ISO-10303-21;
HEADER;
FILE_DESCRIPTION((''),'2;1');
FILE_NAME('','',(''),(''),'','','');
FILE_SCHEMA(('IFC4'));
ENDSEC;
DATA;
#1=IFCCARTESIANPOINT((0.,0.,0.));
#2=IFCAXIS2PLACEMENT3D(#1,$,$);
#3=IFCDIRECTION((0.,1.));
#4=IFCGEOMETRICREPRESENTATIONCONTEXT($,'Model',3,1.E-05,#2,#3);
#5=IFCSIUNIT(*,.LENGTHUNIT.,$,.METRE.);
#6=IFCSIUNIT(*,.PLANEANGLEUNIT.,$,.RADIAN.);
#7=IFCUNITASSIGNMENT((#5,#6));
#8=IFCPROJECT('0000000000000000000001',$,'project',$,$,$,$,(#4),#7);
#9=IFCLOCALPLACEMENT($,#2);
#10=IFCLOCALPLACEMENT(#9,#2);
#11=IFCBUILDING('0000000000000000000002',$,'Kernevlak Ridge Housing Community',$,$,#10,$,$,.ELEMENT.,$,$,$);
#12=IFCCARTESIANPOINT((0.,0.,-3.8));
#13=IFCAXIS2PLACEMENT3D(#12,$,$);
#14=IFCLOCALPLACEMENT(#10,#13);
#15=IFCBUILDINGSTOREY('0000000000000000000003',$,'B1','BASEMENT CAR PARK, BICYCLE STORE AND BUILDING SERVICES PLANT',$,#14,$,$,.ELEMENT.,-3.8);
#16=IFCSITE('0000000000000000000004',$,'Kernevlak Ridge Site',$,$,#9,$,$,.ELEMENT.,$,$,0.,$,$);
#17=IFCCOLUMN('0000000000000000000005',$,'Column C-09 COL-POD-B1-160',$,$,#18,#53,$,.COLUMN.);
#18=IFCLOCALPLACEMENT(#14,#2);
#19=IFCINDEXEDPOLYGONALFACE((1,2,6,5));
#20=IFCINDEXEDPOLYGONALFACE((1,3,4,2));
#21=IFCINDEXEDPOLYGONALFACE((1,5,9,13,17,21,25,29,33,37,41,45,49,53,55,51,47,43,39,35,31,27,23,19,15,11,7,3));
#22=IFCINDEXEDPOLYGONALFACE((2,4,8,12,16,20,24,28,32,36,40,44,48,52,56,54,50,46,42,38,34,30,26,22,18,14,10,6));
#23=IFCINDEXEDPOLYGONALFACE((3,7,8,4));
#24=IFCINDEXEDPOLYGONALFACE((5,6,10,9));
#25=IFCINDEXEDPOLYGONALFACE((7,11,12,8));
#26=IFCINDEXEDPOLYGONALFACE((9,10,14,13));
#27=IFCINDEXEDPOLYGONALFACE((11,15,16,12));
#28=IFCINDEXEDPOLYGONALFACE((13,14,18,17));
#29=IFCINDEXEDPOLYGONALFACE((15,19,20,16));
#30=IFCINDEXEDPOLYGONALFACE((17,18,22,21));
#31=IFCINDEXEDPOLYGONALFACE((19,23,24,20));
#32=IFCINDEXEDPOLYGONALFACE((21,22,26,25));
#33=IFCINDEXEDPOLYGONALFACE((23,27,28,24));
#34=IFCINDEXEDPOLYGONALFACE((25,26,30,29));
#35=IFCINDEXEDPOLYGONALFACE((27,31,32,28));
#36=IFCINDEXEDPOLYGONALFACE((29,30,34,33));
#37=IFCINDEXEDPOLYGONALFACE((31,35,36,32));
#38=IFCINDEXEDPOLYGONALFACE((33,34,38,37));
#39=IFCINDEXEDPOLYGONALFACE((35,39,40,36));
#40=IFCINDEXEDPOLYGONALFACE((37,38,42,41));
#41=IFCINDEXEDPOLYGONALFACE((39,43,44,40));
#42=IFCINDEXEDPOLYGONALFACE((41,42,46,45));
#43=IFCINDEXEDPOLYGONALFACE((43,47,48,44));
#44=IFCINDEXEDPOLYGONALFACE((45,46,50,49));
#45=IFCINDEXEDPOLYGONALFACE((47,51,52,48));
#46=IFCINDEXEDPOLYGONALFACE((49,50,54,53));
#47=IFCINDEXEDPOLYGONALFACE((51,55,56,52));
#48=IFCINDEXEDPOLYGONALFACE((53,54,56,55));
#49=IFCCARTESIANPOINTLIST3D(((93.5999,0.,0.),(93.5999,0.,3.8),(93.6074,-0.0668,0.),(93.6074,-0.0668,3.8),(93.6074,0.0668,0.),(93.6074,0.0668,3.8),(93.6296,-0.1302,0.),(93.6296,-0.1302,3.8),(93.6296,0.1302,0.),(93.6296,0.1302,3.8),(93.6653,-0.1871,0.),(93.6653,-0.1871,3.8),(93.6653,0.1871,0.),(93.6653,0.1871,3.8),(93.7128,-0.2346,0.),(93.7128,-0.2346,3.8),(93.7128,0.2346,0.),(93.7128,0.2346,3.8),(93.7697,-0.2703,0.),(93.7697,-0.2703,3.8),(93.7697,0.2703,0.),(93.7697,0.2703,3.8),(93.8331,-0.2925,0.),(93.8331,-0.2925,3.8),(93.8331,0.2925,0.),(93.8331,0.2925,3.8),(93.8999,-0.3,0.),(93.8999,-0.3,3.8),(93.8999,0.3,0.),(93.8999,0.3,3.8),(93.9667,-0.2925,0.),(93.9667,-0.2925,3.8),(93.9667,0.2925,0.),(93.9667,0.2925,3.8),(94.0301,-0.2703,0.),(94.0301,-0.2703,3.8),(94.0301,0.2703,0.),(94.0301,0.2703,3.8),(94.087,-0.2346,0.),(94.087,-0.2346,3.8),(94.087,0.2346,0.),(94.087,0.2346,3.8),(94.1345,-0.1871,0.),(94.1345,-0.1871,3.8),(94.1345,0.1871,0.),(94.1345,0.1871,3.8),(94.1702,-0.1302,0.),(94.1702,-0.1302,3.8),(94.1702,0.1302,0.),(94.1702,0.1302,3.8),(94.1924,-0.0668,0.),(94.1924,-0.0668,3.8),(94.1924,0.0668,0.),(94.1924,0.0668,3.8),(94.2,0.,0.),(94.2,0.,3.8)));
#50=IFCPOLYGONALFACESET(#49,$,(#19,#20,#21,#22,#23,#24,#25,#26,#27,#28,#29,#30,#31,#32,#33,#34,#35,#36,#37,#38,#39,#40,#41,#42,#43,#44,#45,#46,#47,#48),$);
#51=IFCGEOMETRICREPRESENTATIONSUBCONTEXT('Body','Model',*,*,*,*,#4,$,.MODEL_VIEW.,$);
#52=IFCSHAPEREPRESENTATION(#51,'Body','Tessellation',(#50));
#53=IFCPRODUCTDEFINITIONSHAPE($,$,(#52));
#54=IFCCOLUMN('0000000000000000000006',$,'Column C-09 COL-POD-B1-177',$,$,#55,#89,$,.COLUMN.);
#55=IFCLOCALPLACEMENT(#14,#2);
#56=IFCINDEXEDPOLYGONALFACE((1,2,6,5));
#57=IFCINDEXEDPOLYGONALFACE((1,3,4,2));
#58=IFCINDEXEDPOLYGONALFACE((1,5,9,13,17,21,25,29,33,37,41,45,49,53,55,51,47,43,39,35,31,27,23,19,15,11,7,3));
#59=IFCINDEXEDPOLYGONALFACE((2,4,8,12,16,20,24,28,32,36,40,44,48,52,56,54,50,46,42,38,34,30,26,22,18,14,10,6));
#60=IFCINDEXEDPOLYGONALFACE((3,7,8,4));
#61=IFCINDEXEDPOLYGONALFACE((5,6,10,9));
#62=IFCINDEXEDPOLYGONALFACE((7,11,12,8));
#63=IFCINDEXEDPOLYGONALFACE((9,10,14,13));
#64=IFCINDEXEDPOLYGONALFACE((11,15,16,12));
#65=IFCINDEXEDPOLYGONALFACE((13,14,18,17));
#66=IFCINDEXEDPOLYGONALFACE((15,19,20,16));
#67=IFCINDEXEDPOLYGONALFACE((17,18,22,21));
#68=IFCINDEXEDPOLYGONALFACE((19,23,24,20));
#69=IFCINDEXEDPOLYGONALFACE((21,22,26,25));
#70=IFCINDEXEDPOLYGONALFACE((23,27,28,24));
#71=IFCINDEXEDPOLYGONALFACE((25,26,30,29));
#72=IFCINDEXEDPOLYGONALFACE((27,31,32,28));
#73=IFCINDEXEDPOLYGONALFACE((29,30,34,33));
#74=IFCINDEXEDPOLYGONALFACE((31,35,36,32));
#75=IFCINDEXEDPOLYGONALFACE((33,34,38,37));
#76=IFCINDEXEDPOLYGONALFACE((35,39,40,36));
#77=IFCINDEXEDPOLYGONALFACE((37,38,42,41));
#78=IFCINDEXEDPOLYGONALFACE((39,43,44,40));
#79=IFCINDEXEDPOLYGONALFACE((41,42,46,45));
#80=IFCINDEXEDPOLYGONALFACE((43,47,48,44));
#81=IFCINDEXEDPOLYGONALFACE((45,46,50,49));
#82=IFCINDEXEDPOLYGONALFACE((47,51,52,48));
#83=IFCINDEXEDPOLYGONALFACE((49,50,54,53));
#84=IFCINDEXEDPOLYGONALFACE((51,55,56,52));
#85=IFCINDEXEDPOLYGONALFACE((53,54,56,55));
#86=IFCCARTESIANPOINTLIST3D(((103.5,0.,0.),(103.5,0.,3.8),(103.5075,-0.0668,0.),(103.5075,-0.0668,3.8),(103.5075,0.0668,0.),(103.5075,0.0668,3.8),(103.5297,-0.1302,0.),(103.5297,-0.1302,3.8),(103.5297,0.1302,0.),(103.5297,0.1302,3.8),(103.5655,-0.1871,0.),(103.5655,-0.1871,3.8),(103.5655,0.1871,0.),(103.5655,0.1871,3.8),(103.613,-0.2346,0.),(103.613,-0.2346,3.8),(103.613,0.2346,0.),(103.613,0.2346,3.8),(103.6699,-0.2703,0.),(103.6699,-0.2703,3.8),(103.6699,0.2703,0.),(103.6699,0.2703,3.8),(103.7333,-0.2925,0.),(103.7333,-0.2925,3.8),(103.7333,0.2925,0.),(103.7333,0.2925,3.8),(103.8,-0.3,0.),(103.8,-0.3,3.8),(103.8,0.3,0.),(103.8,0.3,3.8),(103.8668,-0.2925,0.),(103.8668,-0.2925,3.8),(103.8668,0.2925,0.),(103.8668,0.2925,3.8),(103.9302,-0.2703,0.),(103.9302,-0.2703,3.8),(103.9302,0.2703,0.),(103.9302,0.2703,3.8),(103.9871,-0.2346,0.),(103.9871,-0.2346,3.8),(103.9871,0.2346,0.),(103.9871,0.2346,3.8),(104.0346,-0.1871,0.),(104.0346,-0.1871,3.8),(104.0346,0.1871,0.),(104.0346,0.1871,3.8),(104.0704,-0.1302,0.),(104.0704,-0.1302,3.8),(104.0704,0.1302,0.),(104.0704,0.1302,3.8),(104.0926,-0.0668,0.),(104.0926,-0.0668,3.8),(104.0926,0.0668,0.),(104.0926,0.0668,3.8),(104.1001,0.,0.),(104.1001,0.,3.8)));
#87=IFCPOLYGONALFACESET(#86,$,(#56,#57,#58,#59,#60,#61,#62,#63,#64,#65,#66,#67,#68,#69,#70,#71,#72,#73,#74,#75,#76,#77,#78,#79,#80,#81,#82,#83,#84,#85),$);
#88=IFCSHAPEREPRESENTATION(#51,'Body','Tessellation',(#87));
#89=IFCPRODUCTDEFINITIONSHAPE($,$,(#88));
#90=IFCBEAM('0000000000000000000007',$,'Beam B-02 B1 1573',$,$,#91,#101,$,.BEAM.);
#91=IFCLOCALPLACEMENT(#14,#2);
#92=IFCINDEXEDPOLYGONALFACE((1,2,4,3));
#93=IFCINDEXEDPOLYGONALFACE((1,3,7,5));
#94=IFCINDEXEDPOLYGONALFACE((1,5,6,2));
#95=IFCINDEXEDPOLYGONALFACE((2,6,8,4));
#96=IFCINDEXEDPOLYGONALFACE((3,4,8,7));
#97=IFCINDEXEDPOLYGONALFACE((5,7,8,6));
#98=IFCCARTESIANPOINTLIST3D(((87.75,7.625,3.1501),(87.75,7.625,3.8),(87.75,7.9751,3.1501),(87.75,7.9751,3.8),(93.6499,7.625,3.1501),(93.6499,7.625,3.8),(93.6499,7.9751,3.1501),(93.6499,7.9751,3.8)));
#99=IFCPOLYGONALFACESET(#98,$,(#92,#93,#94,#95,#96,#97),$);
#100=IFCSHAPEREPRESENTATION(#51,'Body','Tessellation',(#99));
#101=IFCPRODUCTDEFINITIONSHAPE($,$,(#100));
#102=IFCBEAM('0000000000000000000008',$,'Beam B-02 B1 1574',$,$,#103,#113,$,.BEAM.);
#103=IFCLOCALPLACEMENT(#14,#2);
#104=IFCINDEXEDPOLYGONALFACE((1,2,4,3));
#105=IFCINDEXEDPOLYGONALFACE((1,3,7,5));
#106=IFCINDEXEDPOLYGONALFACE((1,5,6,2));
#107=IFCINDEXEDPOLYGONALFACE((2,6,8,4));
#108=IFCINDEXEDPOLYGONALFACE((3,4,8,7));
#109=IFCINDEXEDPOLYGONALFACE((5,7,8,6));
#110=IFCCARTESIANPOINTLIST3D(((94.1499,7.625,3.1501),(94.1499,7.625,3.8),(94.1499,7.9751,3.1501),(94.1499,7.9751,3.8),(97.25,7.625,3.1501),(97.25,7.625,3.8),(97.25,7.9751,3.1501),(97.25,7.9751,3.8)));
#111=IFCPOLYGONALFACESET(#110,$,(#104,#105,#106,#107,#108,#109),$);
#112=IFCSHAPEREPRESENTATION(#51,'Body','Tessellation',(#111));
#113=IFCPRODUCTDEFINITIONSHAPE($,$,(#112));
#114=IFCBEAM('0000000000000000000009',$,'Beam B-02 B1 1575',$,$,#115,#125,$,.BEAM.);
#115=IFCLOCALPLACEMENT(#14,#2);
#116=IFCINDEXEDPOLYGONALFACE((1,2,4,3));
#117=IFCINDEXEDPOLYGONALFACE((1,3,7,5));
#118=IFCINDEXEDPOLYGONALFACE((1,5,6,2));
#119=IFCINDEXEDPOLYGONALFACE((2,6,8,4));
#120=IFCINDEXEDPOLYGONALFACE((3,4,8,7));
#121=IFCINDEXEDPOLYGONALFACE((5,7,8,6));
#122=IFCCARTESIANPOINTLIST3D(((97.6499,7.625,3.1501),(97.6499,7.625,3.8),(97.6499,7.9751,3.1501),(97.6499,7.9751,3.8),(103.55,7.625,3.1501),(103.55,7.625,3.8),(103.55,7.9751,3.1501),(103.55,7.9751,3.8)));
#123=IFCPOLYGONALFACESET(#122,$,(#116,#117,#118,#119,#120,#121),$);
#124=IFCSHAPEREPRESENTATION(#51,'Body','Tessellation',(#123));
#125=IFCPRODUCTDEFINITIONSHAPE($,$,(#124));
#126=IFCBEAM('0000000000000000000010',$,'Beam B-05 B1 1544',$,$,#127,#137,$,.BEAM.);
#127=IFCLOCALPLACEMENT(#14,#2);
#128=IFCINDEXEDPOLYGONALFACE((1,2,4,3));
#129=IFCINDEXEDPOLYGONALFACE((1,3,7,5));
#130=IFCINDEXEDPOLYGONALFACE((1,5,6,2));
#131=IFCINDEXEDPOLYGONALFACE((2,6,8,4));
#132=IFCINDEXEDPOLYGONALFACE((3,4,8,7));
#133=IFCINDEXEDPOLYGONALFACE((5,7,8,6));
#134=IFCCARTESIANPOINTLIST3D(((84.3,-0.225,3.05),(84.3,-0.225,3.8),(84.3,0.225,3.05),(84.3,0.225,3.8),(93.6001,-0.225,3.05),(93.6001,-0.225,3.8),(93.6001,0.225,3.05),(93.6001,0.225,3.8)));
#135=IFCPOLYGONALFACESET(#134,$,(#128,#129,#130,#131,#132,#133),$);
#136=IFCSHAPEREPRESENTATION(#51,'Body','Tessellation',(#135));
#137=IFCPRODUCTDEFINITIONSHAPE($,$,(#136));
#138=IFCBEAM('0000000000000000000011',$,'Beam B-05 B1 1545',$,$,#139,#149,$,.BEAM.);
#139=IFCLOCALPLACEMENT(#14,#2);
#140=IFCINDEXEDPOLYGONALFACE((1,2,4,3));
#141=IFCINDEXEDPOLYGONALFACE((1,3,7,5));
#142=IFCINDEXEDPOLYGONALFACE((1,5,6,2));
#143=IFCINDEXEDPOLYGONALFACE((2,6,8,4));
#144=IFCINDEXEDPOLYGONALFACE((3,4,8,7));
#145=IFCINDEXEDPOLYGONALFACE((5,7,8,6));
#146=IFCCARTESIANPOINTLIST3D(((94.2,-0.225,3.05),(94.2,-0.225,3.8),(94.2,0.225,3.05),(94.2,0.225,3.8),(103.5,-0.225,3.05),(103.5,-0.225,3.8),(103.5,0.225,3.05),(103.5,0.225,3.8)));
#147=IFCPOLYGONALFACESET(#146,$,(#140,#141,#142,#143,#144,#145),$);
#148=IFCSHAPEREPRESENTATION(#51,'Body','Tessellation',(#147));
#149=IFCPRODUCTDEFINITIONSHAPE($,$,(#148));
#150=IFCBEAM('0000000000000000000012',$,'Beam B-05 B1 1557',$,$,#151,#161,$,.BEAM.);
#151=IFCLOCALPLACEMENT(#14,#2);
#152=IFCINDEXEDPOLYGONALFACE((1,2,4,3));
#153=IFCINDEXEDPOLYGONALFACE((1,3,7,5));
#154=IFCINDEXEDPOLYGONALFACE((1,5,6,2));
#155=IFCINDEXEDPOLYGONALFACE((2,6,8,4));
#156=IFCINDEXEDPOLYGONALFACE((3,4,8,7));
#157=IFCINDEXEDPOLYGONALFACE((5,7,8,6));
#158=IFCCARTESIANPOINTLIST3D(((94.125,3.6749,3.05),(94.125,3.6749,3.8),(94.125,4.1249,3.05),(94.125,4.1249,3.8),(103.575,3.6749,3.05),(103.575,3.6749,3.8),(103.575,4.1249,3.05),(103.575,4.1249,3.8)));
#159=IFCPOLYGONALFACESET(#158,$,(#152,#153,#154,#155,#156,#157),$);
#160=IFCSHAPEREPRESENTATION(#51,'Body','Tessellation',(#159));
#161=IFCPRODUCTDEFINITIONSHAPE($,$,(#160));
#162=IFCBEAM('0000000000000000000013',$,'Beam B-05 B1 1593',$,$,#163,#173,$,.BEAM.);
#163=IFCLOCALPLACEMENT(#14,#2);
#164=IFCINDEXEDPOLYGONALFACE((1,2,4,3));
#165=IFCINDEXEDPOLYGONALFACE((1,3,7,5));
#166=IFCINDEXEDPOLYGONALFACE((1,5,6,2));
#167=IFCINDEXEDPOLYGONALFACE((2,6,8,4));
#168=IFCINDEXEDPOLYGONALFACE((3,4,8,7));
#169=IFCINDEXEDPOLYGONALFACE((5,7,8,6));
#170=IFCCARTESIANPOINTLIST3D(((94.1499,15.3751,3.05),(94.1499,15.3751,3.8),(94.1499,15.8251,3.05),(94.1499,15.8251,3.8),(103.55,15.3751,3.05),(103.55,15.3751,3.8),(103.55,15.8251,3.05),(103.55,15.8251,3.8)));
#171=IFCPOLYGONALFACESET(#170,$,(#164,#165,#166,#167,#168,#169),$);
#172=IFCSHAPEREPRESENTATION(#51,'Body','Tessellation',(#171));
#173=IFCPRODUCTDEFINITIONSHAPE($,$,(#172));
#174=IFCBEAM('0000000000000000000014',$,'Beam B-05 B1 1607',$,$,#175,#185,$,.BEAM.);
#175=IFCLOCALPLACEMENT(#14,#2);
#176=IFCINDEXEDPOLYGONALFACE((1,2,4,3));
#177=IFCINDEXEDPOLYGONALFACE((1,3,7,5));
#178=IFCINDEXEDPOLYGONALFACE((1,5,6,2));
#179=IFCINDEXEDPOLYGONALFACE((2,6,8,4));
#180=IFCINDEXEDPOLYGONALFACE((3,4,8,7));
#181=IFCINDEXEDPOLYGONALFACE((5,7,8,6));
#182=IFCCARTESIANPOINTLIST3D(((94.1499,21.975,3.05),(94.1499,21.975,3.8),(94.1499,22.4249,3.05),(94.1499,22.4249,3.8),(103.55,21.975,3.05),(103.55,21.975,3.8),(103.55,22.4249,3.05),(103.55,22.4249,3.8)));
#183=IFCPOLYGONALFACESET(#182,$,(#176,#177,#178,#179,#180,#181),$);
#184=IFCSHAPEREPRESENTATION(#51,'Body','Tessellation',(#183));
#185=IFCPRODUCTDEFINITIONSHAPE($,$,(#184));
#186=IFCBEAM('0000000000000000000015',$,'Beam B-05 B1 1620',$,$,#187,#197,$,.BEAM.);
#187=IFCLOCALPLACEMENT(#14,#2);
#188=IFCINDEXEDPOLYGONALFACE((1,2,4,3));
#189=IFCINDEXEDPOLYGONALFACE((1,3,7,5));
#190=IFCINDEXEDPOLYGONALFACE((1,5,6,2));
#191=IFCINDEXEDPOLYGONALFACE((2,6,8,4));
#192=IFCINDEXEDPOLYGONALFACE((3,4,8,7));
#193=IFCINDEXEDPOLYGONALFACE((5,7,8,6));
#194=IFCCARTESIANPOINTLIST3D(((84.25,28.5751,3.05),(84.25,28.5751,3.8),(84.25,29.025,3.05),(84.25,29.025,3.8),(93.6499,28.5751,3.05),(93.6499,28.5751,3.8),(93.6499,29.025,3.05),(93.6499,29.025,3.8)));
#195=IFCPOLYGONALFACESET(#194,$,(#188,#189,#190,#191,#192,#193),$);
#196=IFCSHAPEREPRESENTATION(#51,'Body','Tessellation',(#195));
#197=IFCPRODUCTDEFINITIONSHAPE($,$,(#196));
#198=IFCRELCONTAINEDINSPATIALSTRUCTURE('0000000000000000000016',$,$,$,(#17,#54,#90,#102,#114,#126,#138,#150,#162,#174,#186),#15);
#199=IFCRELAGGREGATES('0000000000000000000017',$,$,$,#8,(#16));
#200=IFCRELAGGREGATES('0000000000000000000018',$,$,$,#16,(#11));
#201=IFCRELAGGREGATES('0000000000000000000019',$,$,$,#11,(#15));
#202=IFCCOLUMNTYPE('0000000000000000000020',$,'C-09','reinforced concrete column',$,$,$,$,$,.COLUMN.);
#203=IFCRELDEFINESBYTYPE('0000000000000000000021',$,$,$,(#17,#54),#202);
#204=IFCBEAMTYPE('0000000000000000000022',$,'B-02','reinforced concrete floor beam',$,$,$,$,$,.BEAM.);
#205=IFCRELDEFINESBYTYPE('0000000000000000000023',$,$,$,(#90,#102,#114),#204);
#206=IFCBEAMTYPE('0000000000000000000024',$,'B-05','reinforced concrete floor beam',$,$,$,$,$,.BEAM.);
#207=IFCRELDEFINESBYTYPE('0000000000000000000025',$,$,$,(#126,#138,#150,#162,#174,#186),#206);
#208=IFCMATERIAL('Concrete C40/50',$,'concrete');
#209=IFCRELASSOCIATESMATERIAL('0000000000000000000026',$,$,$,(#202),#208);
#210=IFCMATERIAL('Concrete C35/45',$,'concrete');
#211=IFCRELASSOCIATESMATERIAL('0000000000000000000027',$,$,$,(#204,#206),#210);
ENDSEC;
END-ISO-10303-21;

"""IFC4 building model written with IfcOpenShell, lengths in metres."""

from ifc_helpers import new_model, si_unit, direction, frame, origin, origin_2d, place, context, subcontext, project, spatial, rectangle, circle, extrude, material, material_profile, profile_set, type_object, element, save


model = new_model("IFC4")

# Units and contexts
model_context = context("Model", 3, precision=1e-05, world=origin(), true_north=direction((0.0, 1.0)))
body_context = subcontext(model_context, "Body", "Model", "MODEL_VIEW")
ifc_project = project(units=[si_unit("LENGTHUNIT", "METRE"), si_unit("PLANEANGLEUNIT", "RADIAN")], contexts=[model_context])

# Site, building, storey
site_placement = place(None, origin())
site = spatial("IfcSite", under=ifc_project, at=site_placement, Name="Kernevlak Ridge Site", CompositionType="ELEMENT", RefElevation=0.0)
building_placement = place(site_placement, origin())
building = spatial("IfcBuilding", under=site, at=building_placement, Name="Kernevlak Ridge Housing Community", CompositionType="ELEMENT")
storey_placement = place(building_placement, frame((0.0, 0.0, -3.8)))
storey = spatial("IfcBuildingStorey", under=building, at=storey_placement, Name="B1", Description="BASEMENT CAR PARK, BICYCLE STORE AND BUILDING SERVICES PLANT", CompositionType="ELEMENT", Elevation=-3.8)

# Shared definitions
ifc_material_1 = material(Name="Concrete C35/45", Category="concrete")

# Columns
ifc_material_2 = material(Name="Concrete C40/50", Category="concrete")
ifc_material_profile_1 = material_profile(ifc_material_2, circle(Radius=0.3, at=origin_2d()), Name="RC D600")
ifc_profile_set_1 = profile_set([ifc_material_profile_1], Name="Concrete C40/50")
column_type_1 = type_object("IfcColumnType", Name="C-09", Description="reinforced concrete column", PredefinedType="COLUMN", material=ifc_profile_set_1)
for number, where, z_axis, x_axis, name in (
    (1, (93.8999, 0.0, 0.0), (0.0, 0.0, 1.0), (1.0, 0.0, 0.0), "Column C-09 COL-POD-B1-160"),
    (2, (103.8, 0.0, 0.0), (0.0, 0.0, 1.0), (1.0, 0.0, 0.0), "Column C-09 COL-POD-B1-177"),
):
    element("IfcColumn", number, at=place(storey_placement, frame(where, z_axis=z_axis, x_axis=x_axis)), inside=storey, type_object=column_type_1, Name=name, PredefinedType="COLUMN", context=body_context, shape_type="SweptSolid", body=[
        extrude(circle(Radius=0.3, at=origin_2d()), origin(), (0.0, 0.0, 1.0), 3.8),
    ])

# Beams
ifc_material_profile_2 = material_profile(ifc_material_1, rectangle(XDim=0.3501, YDim=0.6499, at=origin_2d()), Name="RC 350x650")
ifc_profile_set_2 = profile_set([ifc_material_profile_2], Name="Concrete C35/45")
beam_type_1 = type_object("IfcBeamType", Name="B-02", Description="reinforced concrete floor beam", PredefinedType="BEAM", material=ifc_profile_set_2)
beam_1_placement = place(storey_placement, frame((87.75, 7.8, 3.4751), z_axis=(1.0, 0.0, 0.0), x_axis=(0.0, 1.0, 0.0)))
element("IfcBeam", 3, at=beam_1_placement, inside=storey, type_object=beam_type_1, Name="Beam B-02 B1 1573", PredefinedType="BEAM", context=body_context, shape_type="SweptSolid", body=[
    extrude(rectangle(XDim=0.3501, YDim=0.6499, at=origin_2d()), origin(), (0.0, 0.0, 1.0), 5.8999),
])
beam_2_placement = place(storey_placement, frame((94.1499, 7.8, 3.4751), z_axis=(1.0, 0.0, 0.0), x_axis=(0.0, 1.0, 0.0)))
element("IfcBeam", 4, at=beam_2_placement, inside=storey, type_object=beam_type_1, Name="Beam B-02 B1 1574", PredefinedType="BEAM", context=body_context, shape_type="SweptSolid", body=[
    extrude(rectangle(XDim=0.3501, YDim=0.6499, at=origin_2d()), origin(), (0.0, 0.0, 1.0), 3.1001),
])
beam_3_placement = place(storey_placement, frame((97.6499, 7.8, 3.4751), z_axis=(1.0, 0.0, 0.0), x_axis=(0.0, 1.0, 0.0)))
element("IfcBeam", 5, at=beam_3_placement, inside=storey, type_object=beam_type_1, Name="Beam B-02 B1 1575", PredefinedType="BEAM", context=body_context, shape_type="SweptSolid", body=[
    extrude(rectangle(XDim=0.3501, YDim=0.6499, at=origin_2d()), origin(), (0.0, 0.0, 1.0), 5.9001),
])
ifc_material_profile_3 = material_profile(ifc_material_1, rectangle(XDim=0.45, YDim=0.75, at=origin_2d()), Name="RC 450x750")
ifc_profile_set_3 = profile_set([ifc_material_profile_3], Name="Concrete C35/45")
beam_type_2 = type_object("IfcBeamType", Name="B-05", Description="reinforced concrete floor beam", PredefinedType="BEAM", material=ifc_profile_set_3)
for number, where, z_axis, x_axis, name in (
    (6, (84.3, 0.0, 3.425), (1.0, 0.0, 0.0), (0.0, 1.0, 0.0), "Beam B-05 B1 1544"),
    (7, (94.2, 0.0, 3.425), (1.0, 0.0, 0.0), (0.0, 1.0, 0.0), "Beam B-05 B1 1545"),
):
    element("IfcBeam", number, at=place(storey_placement, frame(where, z_axis=z_axis, x_axis=x_axis)), inside=storey, type_object=beam_type_2, Name=name, PredefinedType="BEAM", context=body_context, shape_type="SweptSolid", body=[
        extrude(rectangle(XDim=0.45, YDim=0.75, at=origin_2d()), origin(), (0.0, 0.0, 1.0), 9.3),
    ])
beam_4_placement = place(storey_placement, frame((94.125, 3.8999, 3.425), z_axis=(1.0, 0.0, 0.0), x_axis=(0.0, 1.0, 0.0)))
element("IfcBeam", 8, at=beam_4_placement, inside=storey, type_object=beam_type_2, Name="Beam B-05 B1 1557", PredefinedType="BEAM", context=body_context, shape_type="SweptSolid", body=[
    extrude(rectangle(XDim=0.45, YDim=0.75, at=origin_2d()), origin(), (0.0, 0.0, 1.0), 9.45),
])
for number, where, z_axis, x_axis, name in (
    (9, (94.1499, 15.6001, 3.425), (1.0, 0.0, 0.0), (0.0, 1.0, 0.0), "Beam B-05 B1 1593"),
    (10, (94.1499, 22.2, 3.425), (1.0, 0.0, 0.0), (0.0, 1.0, 0.0), "Beam B-05 B1 1607"),
):
    element("IfcBeam", number, at=place(storey_placement, frame(where, z_axis=z_axis, x_axis=x_axis)), inside=storey, type_object=beam_type_2, Name=name, PredefinedType="BEAM", context=body_context, shape_type="SweptSolid", body=[
        extrude(rectangle(XDim=0.45, YDim=0.75, at=origin_2d()), origin(), (0.0, 0.0, 1.0), 9.4001),
    ])
beam_5_placement = place(storey_placement, frame((84.25, 28.8, 3.425), z_axis=(1.0, 0.0, 0.0), x_axis=(0.0, 1.0, 0.0)))
element("IfcBeam", 11, at=beam_5_placement, inside=storey, type_object=beam_type_2, Name="Beam B-05 B1 1620", PredefinedType="BEAM", context=body_context, shape_type="SweptSolid", body=[
    extrude(rectangle(XDim=0.45, YDim=0.75, at=origin_2d()), origin(), (0.0, 0.0, 1.0), 9.3999),
])

save(model, "model.ifc")
